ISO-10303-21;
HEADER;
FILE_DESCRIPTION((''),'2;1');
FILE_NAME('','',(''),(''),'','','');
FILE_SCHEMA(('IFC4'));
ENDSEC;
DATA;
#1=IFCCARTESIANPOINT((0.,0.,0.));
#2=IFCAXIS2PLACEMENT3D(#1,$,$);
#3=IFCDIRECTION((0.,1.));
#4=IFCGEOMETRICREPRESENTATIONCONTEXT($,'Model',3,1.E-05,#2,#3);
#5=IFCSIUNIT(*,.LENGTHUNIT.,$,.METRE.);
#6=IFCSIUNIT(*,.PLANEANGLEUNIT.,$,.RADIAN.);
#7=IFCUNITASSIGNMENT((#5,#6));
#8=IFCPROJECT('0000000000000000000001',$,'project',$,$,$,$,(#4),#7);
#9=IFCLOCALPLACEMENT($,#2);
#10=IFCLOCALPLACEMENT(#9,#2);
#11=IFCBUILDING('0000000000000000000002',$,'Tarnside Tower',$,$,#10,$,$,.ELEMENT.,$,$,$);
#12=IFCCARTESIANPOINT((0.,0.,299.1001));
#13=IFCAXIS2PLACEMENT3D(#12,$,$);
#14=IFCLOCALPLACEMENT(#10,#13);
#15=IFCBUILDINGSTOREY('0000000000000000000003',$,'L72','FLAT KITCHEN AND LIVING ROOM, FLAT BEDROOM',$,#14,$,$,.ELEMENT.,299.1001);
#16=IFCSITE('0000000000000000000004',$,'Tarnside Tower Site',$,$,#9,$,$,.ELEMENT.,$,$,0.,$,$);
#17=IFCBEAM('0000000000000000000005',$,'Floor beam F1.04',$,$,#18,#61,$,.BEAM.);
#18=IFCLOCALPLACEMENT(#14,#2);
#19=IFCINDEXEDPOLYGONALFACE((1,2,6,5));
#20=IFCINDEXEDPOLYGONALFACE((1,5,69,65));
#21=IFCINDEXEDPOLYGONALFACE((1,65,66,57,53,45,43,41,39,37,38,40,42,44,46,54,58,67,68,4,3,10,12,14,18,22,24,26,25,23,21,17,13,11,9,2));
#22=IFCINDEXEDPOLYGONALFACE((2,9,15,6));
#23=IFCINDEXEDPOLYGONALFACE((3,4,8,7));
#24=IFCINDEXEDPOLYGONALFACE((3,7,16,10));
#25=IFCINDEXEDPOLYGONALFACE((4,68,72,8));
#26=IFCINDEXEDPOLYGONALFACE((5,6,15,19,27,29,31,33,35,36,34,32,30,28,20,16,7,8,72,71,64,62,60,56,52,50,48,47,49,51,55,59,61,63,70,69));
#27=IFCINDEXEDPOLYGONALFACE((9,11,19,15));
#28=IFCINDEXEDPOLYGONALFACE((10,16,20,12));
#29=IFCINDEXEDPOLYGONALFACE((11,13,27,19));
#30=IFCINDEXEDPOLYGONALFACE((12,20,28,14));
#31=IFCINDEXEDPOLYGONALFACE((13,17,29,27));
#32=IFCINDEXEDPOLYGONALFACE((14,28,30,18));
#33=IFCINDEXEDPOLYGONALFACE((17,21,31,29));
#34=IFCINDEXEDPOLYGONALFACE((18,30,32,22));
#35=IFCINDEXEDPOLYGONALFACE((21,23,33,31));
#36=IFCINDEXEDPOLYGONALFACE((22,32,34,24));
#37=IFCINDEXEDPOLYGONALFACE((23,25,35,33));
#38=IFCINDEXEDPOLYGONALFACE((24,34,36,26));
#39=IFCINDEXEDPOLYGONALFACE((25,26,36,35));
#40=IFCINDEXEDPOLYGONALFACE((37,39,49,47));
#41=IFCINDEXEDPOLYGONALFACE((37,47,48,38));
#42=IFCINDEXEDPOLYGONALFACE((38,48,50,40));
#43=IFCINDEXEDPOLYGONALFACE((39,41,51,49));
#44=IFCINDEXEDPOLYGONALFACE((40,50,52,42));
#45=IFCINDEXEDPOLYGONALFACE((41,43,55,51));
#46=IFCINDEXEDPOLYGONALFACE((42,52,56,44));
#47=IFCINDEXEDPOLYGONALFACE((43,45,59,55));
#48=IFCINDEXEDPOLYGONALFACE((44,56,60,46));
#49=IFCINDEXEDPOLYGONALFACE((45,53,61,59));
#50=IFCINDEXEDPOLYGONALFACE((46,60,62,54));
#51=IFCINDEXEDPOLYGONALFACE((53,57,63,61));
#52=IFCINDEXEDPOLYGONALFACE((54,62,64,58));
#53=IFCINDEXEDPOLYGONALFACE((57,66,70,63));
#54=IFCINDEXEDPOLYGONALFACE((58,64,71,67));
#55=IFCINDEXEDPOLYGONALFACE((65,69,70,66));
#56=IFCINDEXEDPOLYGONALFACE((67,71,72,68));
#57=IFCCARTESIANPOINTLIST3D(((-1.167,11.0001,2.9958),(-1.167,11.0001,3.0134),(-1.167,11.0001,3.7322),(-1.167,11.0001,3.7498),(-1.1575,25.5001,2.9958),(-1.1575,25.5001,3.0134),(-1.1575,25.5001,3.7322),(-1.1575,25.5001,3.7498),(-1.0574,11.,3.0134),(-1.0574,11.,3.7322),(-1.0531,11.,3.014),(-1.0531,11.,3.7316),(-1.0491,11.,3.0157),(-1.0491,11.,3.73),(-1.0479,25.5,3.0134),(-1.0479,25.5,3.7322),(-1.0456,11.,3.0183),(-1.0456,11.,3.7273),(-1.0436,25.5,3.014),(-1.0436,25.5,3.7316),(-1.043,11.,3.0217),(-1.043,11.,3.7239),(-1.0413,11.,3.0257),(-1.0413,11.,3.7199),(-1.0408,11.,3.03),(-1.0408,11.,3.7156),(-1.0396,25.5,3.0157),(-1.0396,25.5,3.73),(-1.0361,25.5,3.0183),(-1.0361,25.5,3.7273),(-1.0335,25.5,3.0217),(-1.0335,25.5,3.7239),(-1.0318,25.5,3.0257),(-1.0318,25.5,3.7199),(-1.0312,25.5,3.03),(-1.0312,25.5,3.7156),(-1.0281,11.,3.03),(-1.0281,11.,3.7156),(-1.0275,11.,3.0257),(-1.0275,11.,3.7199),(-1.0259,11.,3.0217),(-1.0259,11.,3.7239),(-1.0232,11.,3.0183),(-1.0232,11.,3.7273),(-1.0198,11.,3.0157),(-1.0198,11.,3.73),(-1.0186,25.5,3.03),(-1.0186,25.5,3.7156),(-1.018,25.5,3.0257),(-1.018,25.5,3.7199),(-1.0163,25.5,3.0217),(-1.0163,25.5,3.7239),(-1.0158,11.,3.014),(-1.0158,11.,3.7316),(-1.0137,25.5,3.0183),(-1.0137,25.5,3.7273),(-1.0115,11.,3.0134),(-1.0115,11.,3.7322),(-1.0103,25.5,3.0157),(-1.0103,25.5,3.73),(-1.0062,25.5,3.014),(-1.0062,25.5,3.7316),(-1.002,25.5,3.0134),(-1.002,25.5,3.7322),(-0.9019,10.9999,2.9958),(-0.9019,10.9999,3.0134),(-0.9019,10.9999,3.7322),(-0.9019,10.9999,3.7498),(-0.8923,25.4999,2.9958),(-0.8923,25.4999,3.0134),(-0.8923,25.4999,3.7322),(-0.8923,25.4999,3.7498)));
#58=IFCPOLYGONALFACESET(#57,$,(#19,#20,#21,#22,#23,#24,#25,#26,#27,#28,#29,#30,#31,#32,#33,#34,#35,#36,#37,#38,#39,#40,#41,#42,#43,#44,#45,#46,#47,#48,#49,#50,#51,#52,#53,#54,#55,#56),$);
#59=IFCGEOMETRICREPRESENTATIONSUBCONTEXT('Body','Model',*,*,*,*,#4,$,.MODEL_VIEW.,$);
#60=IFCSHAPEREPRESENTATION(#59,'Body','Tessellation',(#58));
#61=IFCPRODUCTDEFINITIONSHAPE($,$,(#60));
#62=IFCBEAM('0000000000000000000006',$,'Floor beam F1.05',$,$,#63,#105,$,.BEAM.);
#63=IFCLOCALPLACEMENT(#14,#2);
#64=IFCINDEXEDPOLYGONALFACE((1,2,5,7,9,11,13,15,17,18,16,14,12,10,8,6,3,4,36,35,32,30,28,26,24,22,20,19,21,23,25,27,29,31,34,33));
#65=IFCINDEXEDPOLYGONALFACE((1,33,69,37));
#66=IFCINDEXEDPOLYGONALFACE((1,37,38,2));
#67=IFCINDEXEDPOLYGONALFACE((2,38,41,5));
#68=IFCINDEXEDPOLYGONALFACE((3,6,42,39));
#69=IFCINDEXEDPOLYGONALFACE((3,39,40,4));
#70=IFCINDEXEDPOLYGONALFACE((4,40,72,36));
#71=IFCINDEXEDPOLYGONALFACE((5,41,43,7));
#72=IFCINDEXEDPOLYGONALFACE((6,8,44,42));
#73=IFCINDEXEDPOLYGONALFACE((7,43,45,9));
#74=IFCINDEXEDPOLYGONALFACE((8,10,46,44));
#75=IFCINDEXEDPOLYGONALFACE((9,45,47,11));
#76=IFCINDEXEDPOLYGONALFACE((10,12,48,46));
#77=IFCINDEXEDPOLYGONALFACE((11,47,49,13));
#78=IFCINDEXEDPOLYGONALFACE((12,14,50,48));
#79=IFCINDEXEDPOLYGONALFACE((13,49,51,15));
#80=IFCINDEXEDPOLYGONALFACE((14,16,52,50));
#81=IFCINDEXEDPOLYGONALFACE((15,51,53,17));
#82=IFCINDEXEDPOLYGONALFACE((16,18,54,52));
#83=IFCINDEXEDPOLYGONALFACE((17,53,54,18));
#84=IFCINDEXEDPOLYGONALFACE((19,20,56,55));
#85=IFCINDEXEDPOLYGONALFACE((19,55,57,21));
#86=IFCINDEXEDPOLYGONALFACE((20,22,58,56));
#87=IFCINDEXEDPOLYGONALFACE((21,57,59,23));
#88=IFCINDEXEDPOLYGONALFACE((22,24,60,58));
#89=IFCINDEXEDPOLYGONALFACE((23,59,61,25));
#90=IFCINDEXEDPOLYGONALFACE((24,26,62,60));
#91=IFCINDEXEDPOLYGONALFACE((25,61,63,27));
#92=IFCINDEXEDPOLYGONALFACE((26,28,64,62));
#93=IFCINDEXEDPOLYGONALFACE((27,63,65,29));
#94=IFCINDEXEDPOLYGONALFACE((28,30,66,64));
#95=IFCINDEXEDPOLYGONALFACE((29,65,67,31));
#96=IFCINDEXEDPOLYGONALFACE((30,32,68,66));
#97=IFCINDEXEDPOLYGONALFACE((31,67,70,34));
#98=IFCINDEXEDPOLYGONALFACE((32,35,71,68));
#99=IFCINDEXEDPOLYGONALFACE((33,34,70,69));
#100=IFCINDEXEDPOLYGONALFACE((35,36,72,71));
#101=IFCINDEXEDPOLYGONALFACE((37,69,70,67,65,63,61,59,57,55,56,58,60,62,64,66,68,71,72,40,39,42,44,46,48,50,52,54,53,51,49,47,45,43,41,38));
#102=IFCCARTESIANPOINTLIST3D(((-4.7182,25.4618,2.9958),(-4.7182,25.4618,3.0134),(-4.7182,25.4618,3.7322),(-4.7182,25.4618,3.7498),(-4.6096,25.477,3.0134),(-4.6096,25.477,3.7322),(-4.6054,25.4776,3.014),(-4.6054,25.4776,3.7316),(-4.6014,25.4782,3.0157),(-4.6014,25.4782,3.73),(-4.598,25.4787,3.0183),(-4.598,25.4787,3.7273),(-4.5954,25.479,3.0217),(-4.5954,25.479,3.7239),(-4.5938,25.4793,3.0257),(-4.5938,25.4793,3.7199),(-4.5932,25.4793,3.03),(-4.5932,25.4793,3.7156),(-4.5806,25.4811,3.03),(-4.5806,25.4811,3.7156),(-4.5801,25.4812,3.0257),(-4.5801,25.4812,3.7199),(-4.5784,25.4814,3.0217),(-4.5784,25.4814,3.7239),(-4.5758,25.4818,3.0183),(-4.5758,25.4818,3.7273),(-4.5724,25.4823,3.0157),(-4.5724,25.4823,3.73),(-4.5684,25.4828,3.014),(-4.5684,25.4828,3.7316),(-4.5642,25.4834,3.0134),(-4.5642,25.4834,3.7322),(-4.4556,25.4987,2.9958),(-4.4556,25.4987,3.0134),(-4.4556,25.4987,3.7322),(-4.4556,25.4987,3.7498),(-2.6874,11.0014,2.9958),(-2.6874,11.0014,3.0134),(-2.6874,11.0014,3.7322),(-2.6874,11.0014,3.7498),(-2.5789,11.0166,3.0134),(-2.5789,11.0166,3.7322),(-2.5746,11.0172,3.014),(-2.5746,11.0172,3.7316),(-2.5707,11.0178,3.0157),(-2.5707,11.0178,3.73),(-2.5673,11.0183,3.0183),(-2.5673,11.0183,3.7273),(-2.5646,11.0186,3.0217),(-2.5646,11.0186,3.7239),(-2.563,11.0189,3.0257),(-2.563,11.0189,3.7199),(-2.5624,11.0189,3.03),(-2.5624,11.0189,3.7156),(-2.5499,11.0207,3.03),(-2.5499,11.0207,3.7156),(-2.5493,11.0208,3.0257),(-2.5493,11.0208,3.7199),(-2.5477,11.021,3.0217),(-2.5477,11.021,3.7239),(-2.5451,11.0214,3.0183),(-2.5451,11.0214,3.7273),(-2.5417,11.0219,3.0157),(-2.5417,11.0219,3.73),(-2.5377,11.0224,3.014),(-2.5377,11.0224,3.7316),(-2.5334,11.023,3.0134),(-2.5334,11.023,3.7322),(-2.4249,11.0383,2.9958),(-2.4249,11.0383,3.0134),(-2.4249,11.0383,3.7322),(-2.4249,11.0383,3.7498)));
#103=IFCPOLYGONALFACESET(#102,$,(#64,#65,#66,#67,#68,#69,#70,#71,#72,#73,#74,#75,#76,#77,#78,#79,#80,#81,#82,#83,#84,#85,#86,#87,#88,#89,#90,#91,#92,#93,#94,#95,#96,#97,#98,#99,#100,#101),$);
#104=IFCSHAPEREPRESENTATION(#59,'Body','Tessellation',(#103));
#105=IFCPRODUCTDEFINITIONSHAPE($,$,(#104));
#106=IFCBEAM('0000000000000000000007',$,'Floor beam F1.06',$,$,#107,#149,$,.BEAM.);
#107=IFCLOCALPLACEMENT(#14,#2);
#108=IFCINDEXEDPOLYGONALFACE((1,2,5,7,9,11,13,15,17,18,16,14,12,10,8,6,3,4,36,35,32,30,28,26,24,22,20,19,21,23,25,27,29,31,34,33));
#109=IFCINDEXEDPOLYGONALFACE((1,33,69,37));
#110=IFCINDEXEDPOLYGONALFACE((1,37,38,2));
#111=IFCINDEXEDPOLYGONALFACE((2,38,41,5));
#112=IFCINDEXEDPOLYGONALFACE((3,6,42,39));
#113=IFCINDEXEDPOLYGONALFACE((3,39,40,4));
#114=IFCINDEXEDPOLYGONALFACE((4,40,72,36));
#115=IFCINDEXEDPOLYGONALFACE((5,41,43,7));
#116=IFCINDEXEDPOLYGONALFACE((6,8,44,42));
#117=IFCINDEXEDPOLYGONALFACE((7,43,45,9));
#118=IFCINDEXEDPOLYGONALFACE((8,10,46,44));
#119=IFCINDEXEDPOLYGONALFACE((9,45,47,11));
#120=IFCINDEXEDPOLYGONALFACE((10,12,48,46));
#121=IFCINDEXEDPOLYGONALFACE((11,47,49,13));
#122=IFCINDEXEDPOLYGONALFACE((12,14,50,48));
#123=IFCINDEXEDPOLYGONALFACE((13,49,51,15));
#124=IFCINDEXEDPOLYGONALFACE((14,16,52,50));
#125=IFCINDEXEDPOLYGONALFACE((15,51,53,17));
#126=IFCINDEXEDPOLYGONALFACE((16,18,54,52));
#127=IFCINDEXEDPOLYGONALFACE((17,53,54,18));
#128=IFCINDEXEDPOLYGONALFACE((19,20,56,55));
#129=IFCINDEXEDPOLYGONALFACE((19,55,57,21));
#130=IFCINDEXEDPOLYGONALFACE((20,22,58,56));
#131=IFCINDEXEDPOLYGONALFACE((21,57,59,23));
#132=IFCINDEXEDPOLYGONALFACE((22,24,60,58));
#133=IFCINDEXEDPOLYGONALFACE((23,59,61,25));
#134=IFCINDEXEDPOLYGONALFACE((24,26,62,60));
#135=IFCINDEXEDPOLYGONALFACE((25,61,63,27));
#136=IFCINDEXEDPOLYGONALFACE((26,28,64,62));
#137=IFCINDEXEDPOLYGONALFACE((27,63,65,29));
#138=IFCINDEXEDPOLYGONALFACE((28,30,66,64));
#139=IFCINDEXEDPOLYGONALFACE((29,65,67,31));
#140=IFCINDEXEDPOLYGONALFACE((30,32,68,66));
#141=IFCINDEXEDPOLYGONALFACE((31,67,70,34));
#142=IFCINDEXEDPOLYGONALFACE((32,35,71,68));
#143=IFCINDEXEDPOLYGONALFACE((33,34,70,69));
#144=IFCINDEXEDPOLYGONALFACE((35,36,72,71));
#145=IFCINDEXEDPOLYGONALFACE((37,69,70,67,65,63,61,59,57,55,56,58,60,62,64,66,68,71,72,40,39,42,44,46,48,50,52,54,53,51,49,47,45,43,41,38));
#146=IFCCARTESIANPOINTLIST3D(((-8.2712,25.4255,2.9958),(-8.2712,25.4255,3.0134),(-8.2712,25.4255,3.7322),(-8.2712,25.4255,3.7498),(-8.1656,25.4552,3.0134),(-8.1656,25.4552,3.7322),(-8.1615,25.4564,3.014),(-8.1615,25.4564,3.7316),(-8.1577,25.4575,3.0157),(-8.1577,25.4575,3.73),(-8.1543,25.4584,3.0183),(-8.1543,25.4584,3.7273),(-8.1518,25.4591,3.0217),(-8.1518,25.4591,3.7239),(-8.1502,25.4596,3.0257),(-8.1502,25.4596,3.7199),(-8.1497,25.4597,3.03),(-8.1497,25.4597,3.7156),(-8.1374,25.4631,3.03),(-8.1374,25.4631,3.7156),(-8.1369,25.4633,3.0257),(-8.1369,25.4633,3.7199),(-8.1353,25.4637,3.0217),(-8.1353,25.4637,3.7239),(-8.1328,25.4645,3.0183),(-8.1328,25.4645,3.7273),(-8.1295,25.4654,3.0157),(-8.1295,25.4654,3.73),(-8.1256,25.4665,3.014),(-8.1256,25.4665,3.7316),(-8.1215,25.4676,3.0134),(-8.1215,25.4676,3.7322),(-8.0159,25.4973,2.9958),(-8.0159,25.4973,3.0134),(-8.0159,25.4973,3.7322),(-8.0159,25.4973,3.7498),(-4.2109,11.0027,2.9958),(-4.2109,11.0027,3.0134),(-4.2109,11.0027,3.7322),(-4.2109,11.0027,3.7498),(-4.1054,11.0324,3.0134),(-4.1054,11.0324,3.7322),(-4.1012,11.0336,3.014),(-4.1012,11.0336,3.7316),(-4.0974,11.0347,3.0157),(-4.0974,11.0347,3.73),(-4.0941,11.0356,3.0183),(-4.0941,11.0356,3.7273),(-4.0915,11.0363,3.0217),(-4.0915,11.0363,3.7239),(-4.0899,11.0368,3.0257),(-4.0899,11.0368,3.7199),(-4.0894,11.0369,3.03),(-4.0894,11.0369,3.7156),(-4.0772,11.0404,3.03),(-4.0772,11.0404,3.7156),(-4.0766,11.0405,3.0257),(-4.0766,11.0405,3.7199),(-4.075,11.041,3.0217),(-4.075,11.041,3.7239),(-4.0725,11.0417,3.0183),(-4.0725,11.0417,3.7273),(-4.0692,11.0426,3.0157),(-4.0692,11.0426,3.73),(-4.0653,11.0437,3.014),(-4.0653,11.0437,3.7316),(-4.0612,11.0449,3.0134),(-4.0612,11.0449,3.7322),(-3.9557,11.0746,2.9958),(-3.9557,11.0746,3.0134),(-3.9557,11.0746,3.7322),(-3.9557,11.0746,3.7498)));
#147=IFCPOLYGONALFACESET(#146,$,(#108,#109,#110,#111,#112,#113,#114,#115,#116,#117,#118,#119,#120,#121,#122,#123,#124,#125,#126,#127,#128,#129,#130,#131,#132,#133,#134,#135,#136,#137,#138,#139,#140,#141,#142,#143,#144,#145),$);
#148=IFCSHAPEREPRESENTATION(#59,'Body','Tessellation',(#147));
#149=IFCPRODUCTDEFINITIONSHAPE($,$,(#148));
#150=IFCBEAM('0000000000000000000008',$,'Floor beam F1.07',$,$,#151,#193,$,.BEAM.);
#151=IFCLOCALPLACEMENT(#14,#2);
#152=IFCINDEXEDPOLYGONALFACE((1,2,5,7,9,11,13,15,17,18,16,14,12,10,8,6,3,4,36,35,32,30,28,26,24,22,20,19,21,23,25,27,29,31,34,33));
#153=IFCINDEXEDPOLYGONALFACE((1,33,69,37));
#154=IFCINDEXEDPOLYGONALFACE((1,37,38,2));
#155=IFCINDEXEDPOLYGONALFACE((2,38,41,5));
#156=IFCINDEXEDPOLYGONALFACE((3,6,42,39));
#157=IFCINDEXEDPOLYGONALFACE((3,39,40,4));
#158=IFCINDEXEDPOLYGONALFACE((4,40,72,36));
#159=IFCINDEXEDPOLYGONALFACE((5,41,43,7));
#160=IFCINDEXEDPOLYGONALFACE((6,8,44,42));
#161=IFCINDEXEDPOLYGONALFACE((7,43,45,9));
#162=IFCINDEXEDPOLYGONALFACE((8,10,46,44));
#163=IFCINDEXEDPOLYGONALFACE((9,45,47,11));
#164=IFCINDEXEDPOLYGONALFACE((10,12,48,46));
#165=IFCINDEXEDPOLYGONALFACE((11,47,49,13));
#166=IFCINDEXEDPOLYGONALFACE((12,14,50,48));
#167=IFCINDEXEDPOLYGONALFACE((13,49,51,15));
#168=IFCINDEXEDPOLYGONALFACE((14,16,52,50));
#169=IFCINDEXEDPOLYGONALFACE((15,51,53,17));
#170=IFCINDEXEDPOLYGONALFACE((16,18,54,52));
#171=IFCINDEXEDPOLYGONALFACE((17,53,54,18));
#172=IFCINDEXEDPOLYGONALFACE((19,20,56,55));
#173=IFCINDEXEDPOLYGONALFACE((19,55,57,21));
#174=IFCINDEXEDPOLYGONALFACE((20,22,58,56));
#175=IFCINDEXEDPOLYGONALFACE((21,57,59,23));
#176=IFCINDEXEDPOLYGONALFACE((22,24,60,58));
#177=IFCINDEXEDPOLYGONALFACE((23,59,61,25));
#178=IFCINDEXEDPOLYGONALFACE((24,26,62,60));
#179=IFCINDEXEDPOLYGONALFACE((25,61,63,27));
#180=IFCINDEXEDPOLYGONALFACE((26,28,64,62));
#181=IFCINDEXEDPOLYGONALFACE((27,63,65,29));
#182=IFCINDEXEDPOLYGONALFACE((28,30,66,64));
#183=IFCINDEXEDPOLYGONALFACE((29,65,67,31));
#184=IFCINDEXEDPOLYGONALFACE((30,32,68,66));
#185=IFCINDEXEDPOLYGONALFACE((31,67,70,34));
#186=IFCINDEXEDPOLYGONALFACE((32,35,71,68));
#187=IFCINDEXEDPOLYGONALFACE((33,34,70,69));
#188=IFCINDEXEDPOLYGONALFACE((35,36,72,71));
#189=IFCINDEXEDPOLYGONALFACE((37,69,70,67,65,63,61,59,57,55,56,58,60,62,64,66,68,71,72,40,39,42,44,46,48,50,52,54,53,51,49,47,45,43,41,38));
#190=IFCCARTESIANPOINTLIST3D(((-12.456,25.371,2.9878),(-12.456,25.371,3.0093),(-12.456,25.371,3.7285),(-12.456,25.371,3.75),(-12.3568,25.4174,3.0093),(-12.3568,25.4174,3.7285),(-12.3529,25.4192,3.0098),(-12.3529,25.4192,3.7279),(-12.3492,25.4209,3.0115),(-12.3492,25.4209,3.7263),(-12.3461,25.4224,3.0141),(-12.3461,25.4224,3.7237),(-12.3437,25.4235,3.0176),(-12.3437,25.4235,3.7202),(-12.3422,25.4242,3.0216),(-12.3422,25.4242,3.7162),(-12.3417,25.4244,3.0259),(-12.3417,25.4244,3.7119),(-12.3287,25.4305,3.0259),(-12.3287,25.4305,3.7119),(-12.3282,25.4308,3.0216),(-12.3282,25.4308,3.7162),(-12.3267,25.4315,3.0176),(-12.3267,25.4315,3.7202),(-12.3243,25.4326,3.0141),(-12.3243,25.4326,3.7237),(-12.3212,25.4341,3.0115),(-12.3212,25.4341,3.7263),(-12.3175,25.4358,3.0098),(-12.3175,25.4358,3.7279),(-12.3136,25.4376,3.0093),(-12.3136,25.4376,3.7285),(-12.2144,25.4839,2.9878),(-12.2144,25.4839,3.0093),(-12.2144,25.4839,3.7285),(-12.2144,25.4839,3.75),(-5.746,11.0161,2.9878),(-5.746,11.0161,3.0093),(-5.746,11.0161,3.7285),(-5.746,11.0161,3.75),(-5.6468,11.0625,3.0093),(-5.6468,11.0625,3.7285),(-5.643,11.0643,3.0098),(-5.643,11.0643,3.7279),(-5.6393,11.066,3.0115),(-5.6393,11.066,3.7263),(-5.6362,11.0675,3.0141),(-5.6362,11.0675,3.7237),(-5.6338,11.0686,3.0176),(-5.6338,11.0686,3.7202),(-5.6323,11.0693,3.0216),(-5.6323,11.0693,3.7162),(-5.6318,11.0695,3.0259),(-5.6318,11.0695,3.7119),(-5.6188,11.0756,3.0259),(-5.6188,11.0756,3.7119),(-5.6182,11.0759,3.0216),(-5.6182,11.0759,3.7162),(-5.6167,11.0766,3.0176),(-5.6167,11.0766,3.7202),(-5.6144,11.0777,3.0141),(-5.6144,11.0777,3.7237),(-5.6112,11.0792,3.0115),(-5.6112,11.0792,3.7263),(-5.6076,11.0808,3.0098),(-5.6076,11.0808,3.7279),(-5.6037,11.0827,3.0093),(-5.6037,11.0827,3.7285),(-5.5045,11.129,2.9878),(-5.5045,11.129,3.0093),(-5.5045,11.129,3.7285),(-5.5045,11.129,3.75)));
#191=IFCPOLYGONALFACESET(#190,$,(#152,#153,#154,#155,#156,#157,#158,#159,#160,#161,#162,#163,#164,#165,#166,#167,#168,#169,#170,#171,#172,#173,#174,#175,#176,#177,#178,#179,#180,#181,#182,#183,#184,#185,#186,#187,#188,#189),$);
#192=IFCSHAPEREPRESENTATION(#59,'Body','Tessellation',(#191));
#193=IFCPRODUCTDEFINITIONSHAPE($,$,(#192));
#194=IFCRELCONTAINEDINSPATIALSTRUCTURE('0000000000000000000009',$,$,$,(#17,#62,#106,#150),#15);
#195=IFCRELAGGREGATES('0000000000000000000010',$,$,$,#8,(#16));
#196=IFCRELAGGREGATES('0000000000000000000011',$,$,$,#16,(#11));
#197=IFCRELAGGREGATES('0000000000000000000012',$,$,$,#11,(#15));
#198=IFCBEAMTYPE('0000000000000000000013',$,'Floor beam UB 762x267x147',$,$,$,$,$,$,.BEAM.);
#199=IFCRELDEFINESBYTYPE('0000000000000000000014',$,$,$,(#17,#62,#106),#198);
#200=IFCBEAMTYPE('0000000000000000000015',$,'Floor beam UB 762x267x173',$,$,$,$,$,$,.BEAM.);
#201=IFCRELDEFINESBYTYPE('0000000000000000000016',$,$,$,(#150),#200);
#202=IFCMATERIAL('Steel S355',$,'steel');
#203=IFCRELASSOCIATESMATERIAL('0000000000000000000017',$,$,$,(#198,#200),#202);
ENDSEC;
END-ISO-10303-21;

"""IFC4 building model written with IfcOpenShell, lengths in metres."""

from ifc_helpers import new_model, si_unit, direction, frame, origin, origin_2d, place, context, subcontext, project, spatial, i_section, extrude, material, material_profile, profile_set, type_object, element, save


model = new_model("IFC4")

# Units and contexts
model_context = context("Model", 3, precision=1e-05, world=origin(), true_north=direction((0.0, 1.0)))
body_context = subcontext(model_context, "Body", "Model", "MODEL_VIEW")
ifc_project = project(units=[si_unit("LENGTHUNIT", "METRE"), si_unit("PLANEANGLEUNIT", "RADIAN")], contexts=[model_context])

# Site, building, storey
site_placement = place(None, origin())
site = spatial("IfcSite", under=ifc_project, at=site_placement, Name="Tarnside Tower Site", CompositionType="ELEMENT", RefElevation=0.0)
building_placement = place(site_placement, origin())
building = spatial("IfcBuilding", under=site, at=building_placement, Name="Tarnside Tower", CompositionType="ELEMENT")
storey_placement = place(building_placement, frame((0.0, 0.0, 299.1001)))
storey = spatial("IfcBuildingStorey", under=building, at=storey_placement, Name="L72", Description="FLAT KITCHEN AND LIVING ROOM, FLAT BEDROOM", CompositionType="ELEMENT", Elevation=299.1001)

# Beams
ifc_material_1 = material(Name="Steel S355", Category="steel")
ifc_material_profile_1 = material_profile(ifc_material_1, i_section(OverallWidth=0.2651, OverallDepth=0.7539, WebThickness=0.0127, FlangeThickness=0.0176, FilletRadius=0.0166, at=origin_2d()), Name="UB 762x267x147")
ifc_profile_set_1 = profile_set([ifc_material_profile_1], Name="Steel S355")
beam_type_1 = type_object("IfcBeamType", Name="Floor beam UB 762x267x147", PredefinedType="BEAM", material=ifc_profile_set_1)
beam_1_placement = place(storey_placement, frame((-1.0249, 25.5, 3.3728), z_axis=(-0.000657, -1.0, 0.0), x_axis=(1.0, -0.000657, 0.0)))
element("IfcBeam", 1, at=beam_1_placement, inside=storey, type_object=beam_type_1, Name="Floor beam F1.04", PredefinedType="BEAM", context=body_context, shape_type="SweptSolid", body=[
    extrude(i_section(OverallWidth=0.2651, OverallDepth=0.7539, WebThickness=0.0127, FlangeThickness=0.0176, FilletRadius=0.0166, at=origin_2d()), origin(), (0.0, 0.0, 1.0), 14.5),
])
beam_2_placement = place(storey_placement, frame((-4.5869, 25.4802, 3.3728), z_axis=(0.139071, -0.990282, 0.0), x_axis=(0.990282, 0.139071, 0.0)))
element("IfcBeam", 2, at=beam_2_placement, inside=storey, type_object=beam_type_1, Name="Floor beam F1.05", PredefinedType="BEAM", context=body_context, shape_type="SweptSolid", body=[
    extrude(i_section(OverallWidth=0.2651, OverallDepth=0.7539, WebThickness=0.0127, FlangeThickness=0.0176, FilletRadius=0.0166, at=origin_2d()), origin(), (0.0, 0.0, 1.0), 14.6023),
])
beam_3_placement = place(storey_placement, frame((-8.1436, 25.4614, 3.3728), z_axis=(0.270985, -0.962583, 0.0), x_axis=(0.962583, 0.270985, 0.0)))
element("IfcBeam", 3, at=beam_3_placement, inside=storey, type_object=beam_type_1, Name="Floor beam F1.06", PredefinedType="BEAM", context=body_context, shape_type="SweptSolid", body=[
    extrude(i_section(OverallWidth=0.2651, OverallDepth=0.7539, WebThickness=0.0127, FlangeThickness=0.0176, FilletRadius=0.0166, at=origin_2d()), origin(), (0.0, 0.0, 1.0), 14.9834),
])
ifc_material_profile_2 = material_profile(ifc_material_1, i_section(OverallWidth=0.2666, OverallDepth=0.7622, WebThickness=0.0144, FlangeThickness=0.0215, FilletRadius=0.0166, at=origin_2d()), Name="UB 762x267x173")
ifc_profile_set_2 = profile_set([ifc_material_profile_2], Name="Steel S355")
beam_type_2 = type_object("IfcBeamType", Name="Floor beam UB 762x267x173", PredefinedType="BEAM", material=ifc_profile_set_2)
beam_4_placement = place(storey_placement, frame((-12.3352, 25.4275, 3.3689), z_axis=(0.423454, -0.905918, 0.0), x_axis=(0.905918, 0.423454, 0.0)))
element("IfcBeam", 4, at=beam_4_placement, inside=storey, type_object=beam_type_2, Name="Floor beam F1.07", PredefinedType="BEAM", context=body_context, shape_type="SweptSolid", body=[
    extrude(i_section(OverallWidth=0.2666, OverallDepth=0.7622, WebThickness=0.0144, FlangeThickness=0.0215, FilletRadius=0.0166, at=origin_2d()), origin(), (0.0, 0.0, 1.0), 15.8457),
])

save(model, "model.ifc")
